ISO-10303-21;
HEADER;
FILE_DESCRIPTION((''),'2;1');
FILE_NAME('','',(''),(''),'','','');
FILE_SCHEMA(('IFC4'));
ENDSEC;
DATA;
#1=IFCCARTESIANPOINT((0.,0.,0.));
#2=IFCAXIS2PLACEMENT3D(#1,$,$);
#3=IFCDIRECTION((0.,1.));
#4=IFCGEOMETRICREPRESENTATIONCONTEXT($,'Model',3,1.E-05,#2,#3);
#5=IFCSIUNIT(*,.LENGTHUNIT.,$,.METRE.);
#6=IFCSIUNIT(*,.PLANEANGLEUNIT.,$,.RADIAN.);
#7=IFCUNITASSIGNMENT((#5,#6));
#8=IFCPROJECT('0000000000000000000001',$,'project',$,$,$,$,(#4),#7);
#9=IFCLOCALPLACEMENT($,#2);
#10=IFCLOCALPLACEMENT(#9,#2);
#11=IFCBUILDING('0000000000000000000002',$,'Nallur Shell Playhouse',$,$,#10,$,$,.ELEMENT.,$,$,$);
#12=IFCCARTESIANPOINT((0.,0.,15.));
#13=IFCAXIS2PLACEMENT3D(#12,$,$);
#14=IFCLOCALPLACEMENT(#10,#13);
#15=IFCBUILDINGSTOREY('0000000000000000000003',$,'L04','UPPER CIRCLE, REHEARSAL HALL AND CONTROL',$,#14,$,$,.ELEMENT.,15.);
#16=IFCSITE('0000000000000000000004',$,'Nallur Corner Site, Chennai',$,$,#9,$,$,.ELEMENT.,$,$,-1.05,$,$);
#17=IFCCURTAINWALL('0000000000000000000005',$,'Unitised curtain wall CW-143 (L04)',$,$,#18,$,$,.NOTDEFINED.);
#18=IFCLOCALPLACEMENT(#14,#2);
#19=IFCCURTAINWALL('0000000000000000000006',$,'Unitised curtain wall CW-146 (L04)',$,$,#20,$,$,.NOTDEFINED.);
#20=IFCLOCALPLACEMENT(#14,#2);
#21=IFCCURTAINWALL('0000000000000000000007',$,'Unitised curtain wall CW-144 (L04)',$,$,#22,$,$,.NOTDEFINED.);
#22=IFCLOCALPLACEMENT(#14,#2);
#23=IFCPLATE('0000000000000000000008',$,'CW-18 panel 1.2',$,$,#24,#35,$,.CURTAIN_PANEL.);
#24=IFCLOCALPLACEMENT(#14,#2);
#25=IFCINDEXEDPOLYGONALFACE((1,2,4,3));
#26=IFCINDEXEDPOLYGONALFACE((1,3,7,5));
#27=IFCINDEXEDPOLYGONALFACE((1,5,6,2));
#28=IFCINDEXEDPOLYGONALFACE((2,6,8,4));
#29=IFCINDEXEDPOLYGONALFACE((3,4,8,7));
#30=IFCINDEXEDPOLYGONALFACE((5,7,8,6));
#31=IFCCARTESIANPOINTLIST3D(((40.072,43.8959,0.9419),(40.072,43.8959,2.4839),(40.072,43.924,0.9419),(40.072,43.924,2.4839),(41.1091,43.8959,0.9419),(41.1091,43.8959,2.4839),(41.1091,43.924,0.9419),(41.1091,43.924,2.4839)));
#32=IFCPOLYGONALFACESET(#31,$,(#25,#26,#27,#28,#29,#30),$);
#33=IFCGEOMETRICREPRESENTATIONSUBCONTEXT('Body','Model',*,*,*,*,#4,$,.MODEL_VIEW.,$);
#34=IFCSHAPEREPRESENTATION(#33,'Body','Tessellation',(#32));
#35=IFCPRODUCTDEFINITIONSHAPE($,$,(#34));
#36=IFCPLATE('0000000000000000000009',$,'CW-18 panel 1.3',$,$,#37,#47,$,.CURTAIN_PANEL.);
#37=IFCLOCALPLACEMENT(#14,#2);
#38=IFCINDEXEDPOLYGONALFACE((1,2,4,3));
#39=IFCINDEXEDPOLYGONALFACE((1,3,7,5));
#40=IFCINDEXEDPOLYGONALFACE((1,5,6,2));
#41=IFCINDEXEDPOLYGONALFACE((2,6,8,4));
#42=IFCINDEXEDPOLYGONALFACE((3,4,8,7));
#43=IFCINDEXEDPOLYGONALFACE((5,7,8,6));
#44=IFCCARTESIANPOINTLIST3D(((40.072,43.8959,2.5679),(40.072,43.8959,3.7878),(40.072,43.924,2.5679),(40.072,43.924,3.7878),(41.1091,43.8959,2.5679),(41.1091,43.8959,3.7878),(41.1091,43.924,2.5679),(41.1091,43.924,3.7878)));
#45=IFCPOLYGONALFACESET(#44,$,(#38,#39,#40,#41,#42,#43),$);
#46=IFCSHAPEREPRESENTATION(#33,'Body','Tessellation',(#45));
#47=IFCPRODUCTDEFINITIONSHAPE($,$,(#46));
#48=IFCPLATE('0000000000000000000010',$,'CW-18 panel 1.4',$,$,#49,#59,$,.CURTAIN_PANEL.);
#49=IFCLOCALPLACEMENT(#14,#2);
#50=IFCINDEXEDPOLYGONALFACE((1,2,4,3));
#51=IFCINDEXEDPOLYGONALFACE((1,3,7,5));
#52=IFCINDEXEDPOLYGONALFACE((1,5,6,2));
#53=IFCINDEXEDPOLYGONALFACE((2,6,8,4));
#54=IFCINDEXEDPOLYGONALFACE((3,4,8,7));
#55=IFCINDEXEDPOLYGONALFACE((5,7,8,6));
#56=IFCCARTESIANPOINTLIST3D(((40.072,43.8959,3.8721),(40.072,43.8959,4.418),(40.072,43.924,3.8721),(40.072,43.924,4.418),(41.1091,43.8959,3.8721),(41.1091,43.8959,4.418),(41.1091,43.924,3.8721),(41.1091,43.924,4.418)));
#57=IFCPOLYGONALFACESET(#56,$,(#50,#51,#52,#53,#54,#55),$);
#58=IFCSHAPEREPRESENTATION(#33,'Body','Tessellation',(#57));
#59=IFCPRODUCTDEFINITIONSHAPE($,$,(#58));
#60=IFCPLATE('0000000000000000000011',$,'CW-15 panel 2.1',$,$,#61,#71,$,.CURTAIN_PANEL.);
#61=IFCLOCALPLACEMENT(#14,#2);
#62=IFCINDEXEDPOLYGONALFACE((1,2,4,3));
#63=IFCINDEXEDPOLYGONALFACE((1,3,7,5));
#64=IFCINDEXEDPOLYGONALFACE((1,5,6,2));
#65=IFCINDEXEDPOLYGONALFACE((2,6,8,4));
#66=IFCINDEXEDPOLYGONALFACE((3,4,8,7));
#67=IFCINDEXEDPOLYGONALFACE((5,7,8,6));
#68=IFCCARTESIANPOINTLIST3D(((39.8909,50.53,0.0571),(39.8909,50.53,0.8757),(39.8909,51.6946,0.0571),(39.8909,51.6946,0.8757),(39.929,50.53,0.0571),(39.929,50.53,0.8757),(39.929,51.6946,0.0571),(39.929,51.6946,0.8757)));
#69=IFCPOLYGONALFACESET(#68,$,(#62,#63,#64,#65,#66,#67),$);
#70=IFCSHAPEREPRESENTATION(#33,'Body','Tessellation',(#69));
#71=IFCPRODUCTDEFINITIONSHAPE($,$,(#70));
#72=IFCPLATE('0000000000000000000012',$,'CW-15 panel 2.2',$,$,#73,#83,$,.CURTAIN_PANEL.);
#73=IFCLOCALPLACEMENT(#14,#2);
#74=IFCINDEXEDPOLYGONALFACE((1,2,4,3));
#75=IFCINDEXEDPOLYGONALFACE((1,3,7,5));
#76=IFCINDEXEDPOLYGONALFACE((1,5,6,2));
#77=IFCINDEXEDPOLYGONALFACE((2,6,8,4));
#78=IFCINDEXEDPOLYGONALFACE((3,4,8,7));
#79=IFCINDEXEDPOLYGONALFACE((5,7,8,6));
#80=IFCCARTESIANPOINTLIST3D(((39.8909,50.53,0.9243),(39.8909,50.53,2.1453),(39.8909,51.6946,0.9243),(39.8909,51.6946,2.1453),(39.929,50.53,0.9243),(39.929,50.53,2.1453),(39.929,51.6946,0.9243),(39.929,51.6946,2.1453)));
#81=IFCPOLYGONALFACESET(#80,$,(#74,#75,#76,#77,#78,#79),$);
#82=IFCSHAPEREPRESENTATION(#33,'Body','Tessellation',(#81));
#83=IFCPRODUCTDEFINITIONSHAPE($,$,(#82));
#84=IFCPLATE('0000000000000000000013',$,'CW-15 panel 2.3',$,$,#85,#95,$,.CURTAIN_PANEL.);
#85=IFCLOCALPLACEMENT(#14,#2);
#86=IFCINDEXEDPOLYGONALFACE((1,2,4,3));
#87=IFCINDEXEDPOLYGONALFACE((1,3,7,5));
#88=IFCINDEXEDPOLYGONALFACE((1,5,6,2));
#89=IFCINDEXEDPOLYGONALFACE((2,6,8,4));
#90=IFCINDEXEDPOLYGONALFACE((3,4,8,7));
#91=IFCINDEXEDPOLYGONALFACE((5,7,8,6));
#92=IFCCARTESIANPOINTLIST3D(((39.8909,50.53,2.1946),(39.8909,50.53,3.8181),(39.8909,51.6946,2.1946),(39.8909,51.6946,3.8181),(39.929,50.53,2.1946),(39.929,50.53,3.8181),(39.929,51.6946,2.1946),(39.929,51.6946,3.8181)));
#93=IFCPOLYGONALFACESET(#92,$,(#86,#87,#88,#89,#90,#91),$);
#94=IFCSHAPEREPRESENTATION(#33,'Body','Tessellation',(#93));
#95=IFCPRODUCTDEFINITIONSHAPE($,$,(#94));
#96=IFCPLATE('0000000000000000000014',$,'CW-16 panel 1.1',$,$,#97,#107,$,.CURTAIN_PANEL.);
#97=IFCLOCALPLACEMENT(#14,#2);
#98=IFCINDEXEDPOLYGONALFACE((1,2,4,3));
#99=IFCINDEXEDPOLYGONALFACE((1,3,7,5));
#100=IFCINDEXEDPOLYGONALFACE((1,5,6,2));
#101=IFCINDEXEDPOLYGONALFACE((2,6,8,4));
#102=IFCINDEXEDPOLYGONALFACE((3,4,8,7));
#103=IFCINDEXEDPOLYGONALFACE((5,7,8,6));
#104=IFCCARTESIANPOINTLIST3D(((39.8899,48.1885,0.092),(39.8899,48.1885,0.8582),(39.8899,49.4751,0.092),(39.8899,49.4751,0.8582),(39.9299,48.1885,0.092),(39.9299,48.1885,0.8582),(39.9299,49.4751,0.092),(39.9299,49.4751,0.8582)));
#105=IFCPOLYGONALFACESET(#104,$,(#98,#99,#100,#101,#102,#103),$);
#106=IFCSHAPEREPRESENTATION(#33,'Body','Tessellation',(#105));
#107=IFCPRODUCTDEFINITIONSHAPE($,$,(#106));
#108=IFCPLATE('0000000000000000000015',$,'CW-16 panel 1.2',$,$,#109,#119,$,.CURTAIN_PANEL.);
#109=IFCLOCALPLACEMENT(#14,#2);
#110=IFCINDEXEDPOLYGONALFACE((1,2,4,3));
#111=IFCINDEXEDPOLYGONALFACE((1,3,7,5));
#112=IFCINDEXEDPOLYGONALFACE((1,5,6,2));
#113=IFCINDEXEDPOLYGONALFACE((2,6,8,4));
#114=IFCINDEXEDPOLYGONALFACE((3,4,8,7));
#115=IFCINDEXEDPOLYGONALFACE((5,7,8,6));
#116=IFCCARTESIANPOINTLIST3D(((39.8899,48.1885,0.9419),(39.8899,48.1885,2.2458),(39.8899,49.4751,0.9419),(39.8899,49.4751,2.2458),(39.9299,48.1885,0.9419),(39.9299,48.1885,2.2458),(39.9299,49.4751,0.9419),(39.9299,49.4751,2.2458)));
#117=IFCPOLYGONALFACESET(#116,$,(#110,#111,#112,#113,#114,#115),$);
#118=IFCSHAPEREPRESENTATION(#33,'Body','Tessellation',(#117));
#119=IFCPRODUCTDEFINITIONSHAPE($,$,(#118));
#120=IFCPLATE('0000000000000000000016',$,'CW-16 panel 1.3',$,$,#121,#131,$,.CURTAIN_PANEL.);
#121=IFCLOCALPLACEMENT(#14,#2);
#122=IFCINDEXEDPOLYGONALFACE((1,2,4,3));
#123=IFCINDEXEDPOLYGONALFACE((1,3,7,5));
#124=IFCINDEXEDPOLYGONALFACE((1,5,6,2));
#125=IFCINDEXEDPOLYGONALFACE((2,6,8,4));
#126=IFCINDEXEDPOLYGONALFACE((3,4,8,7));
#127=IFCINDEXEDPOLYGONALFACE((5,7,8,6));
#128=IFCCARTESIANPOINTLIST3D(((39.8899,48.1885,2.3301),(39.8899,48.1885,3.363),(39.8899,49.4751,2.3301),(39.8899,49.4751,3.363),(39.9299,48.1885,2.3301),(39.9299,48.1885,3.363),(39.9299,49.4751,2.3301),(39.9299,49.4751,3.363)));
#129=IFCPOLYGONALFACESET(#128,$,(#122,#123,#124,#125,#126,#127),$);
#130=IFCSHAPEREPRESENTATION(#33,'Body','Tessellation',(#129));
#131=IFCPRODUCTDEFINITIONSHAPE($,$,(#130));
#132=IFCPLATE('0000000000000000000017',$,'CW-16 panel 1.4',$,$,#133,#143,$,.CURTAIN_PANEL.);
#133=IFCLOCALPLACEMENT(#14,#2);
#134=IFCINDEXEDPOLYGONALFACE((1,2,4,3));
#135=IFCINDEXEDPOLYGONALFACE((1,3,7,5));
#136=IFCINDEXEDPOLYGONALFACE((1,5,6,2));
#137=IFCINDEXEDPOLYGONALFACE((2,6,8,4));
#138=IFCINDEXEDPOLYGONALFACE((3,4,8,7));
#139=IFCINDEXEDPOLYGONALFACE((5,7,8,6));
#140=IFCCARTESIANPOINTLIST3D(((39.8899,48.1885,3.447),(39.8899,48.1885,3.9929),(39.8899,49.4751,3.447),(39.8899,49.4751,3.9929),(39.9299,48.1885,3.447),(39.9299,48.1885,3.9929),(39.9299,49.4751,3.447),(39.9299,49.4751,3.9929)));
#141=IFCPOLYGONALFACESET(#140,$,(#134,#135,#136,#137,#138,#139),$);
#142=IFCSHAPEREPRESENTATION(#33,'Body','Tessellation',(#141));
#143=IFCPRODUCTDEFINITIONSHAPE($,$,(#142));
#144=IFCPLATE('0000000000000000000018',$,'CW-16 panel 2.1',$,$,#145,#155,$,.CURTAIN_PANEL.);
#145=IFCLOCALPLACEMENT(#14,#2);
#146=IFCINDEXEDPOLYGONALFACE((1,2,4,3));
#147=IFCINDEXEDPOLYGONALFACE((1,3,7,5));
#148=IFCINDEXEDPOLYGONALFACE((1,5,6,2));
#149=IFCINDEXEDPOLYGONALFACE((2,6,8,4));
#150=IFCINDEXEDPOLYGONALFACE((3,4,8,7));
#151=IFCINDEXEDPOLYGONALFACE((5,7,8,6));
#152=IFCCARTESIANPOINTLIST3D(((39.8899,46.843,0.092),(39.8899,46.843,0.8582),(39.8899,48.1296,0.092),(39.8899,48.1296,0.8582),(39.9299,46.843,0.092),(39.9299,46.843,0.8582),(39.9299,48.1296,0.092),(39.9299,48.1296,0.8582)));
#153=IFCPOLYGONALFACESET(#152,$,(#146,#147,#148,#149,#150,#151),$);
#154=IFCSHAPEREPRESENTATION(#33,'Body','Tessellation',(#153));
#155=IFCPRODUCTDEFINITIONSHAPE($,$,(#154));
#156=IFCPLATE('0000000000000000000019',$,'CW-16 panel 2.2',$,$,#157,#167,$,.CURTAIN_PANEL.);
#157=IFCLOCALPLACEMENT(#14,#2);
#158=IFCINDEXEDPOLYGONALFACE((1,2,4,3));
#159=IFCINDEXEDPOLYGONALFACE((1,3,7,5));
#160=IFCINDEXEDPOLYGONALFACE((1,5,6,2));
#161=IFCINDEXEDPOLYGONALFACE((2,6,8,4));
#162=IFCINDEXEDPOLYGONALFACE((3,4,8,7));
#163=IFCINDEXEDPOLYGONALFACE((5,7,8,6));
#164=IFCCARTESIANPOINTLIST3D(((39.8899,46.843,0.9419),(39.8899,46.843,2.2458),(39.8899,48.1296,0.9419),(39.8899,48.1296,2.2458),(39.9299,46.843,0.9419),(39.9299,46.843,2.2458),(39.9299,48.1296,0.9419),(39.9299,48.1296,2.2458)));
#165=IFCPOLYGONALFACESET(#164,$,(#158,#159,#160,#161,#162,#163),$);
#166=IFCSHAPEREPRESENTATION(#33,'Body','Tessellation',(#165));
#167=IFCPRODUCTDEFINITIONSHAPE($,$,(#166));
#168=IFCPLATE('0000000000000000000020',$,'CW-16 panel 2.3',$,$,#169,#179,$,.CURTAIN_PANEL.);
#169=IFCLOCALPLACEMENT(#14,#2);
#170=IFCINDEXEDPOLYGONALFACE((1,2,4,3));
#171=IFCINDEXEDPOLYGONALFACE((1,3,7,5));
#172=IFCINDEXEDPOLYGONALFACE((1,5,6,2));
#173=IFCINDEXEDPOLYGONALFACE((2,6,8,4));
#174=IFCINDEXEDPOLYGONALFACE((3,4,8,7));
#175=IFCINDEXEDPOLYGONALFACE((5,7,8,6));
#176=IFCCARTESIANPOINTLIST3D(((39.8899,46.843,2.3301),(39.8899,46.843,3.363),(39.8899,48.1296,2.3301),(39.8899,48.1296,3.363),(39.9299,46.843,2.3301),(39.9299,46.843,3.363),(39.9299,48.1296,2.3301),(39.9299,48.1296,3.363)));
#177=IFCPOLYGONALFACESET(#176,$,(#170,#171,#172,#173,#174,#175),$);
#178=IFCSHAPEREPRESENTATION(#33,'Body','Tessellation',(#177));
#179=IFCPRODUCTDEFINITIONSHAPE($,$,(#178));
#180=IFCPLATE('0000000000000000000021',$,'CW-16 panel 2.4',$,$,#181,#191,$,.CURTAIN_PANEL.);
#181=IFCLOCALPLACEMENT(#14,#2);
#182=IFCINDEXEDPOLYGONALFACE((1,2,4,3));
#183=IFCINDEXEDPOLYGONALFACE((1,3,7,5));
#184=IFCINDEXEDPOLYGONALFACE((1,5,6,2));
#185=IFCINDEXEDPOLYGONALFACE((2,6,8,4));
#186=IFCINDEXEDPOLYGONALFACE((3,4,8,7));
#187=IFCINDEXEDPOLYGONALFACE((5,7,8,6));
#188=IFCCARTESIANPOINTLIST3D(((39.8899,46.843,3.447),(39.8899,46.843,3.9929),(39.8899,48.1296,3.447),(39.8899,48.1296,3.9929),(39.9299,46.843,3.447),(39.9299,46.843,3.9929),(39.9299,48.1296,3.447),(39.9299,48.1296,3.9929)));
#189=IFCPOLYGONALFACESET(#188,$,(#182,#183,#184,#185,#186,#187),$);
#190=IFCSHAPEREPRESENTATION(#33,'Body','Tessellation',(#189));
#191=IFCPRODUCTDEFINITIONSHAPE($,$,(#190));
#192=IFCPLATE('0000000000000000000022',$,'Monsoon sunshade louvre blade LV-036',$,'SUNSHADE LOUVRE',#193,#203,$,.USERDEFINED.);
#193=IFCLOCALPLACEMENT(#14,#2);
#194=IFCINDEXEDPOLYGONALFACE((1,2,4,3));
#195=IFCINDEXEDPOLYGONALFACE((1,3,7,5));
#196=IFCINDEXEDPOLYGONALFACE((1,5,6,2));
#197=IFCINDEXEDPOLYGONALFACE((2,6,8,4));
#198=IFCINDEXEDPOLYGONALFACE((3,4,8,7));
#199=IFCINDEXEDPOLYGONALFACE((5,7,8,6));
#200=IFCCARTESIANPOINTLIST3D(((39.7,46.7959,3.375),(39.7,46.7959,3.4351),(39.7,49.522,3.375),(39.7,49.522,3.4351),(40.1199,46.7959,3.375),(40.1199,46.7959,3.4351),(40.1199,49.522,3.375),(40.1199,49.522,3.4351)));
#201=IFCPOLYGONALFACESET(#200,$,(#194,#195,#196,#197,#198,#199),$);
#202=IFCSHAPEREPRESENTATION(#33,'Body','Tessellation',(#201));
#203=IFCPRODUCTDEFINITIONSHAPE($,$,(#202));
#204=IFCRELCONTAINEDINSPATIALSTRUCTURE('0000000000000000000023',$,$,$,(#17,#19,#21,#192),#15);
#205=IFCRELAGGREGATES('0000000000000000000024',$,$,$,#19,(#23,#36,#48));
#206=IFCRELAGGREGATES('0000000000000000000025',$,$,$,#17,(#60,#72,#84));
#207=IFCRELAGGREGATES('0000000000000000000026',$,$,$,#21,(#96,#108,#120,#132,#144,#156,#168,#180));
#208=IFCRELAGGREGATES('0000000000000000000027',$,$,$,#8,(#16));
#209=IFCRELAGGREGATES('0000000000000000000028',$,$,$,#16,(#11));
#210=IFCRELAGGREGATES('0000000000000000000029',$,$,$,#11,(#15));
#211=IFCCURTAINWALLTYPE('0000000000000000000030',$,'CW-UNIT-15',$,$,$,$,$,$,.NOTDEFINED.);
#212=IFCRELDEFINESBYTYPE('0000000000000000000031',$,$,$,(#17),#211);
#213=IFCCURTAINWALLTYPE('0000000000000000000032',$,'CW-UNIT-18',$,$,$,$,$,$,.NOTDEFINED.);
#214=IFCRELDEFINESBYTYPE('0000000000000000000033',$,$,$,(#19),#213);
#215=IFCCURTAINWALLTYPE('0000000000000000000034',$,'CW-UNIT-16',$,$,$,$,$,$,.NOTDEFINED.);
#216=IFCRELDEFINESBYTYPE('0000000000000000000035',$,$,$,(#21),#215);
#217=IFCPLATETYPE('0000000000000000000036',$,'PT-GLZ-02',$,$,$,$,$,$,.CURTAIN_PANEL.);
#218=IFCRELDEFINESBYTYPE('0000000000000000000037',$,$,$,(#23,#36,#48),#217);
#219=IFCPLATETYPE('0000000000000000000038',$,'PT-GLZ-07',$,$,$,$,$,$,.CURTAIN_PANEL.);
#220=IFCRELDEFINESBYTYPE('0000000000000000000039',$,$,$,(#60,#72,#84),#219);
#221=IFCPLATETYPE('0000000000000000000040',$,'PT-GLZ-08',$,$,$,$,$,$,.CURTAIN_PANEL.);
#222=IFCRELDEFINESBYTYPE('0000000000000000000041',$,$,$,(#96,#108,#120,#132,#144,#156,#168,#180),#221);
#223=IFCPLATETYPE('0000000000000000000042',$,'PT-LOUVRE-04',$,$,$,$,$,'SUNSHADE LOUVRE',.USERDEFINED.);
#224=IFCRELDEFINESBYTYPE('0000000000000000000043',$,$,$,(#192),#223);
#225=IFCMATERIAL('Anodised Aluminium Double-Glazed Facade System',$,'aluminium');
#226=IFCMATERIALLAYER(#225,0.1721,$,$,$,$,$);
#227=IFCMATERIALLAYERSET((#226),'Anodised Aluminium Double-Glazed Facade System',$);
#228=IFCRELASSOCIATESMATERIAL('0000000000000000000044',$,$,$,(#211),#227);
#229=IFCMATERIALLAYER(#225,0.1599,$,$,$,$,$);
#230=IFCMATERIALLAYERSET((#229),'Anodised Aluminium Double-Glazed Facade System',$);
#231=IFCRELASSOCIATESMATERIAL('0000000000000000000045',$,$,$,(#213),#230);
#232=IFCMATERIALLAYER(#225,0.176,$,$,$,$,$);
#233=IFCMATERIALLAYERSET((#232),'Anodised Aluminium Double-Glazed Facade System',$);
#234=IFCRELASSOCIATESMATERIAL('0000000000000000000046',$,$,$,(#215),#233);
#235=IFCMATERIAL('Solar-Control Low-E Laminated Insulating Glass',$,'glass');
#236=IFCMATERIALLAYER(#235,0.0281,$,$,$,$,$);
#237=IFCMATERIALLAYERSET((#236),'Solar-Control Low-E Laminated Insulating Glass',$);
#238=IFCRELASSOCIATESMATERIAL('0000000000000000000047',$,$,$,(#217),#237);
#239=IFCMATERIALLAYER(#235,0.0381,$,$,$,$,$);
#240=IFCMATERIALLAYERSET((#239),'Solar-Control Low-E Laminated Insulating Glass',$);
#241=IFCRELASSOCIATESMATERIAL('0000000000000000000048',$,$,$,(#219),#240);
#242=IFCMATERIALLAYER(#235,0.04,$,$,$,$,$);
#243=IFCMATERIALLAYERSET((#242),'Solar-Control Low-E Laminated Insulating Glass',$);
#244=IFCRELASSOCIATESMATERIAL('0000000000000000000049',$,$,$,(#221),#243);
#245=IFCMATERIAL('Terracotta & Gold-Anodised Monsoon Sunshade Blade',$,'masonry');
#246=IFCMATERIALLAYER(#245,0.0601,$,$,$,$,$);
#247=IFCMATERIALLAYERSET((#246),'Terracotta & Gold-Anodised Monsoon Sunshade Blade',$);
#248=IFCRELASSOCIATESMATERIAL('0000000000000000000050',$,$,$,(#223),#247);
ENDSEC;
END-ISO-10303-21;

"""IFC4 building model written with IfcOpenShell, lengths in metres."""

from ifc_helpers import new_model, si_unit, direction, frame, origin, origin_2d, place, context, subcontext, project, spatial, rectangle, extrude, material, layer, layer_set, type_object, element, aggregate, save


model = new_model("IFC4")

# Units and contexts
model_context = context("Model", 3, precision=1e-05, world=origin(), true_north=direction((0.0, 1.0)))
body_context = subcontext(model_context, "Body", "Model", "MODEL_VIEW")
ifc_project = project(units=[si_unit("LENGTHUNIT", "METRE"), si_unit("PLANEANGLEUNIT", "RADIAN")], contexts=[model_context])

# Site, building, storey
site_placement = place(None, origin())
site = spatial("IfcSite", under=ifc_project, at=site_placement, Name="Nallur Corner Site, Chennai", CompositionType="ELEMENT", RefElevation=-1.05)
building_placement = place(site_placement, origin())
building = spatial("IfcBuilding", under=site, at=building_placement, Name="Nallur Shell Playhouse", CompositionType="ELEMENT")
storey_placement = place(building_placement, frame((0.0, 0.0, 15.0)))
storey = spatial("IfcBuildingStorey", under=building, at=storey_placement, Name="L04", Description="UPPER CIRCLE, REHEARSAL HALL AND CONTROL", CompositionType="ELEMENT", Elevation=15.0)

# Curtain walls
ifc_material_1 = material(Name="Anodised Aluminium Double-Glazed Facade System", Category="aluminium")
ifc_layer_1 = layer(ifc_material_1, 0.1721)
ifc_layer_set_1 = layer_set([ifc_layer_1], Name="Anodised Aluminium Double-Glazed Facade System")
curtain_wall_type_1 = type_object("IfcCurtainWallType", Name="CW-UNIT-15", PredefinedType="NOTDEFINED", material=ifc_layer_set_1)
curtain_wall_1_placement = place(storey_placement, origin())
curtain_wall_1 = element("IfcCurtainWall", 1, at=curtain_wall_1_placement, inside=storey, type_object=curtain_wall_type_1, Name="Unitised curtain wall CW-143 (L04)", PredefinedType="NOTDEFINED")
ifc_layer_2 = layer(ifc_material_1, 0.1599)
ifc_layer_set_2 = layer_set([ifc_layer_2], Name="Anodised Aluminium Double-Glazed Facade System")
curtain_wall_type_2 = type_object("IfcCurtainWallType", Name="CW-UNIT-18", PredefinedType="NOTDEFINED", material=ifc_layer_set_2)
curtain_wall_2_placement = place(storey_placement, origin())
curtain_wall_2 = element("IfcCurtainWall", 2, at=curtain_wall_2_placement, inside=storey, type_object=curtain_wall_type_2, Name="Unitised curtain wall CW-146 (L04)", PredefinedType="NOTDEFINED")

# Curtain wall
ifc_layer_3 = layer(ifc_material_1, 0.176)
ifc_layer_set_3 = layer_set([ifc_layer_3], Name="Anodised Aluminium Double-Glazed Facade System")
curtain_wall_type_3 = type_object("IfcCurtainWallType", Name="CW-UNIT-16", PredefinedType="NOTDEFINED", material=ifc_layer_set_3)
curtain_wall_3_placement = place(storey_placement, origin())
curtain_wall_3 = element("IfcCurtainWall", 3, at=curtain_wall_3_placement, inside=storey, type_object=curtain_wall_type_3, Name="Unitised curtain wall CW-144 (L04)", PredefinedType="NOTDEFINED")

# Plates
ifc_material_2 = material(Name="Solar-Control Low-E Laminated Insulating Glass", Category="glass")
ifc_layer_4 = layer(ifc_material_2, 0.0281)
ifc_layer_set_4 = layer_set([ifc_layer_4], Name="Solar-Control Low-E Laminated Insulating Glass")
plate_type_1 = type_object("IfcPlateType", Name="PT-GLZ-02", PredefinedType="CURTAIN_PANEL", material=ifc_layer_set_4)
plate_1_placement = place(storey_placement, frame((40.5906, 43.9099, 0.9419), z_axis=(0.0, 0.0, 1.0), x_axis=(1.0, 0.0, 0.0)))
plate_1 = element("IfcPlate", 4, at=plate_1_placement, type_object=plate_type_1, Name="CW-18 panel 1.2", PredefinedType="CURTAIN_PANEL", context=body_context, shape_type="SweptSolid", body=[
    extrude(rectangle(XDim=1.0371, YDim=0.0281, at=origin_2d()), origin(), (0.0, 0.0, 1.0), 1.542),
])
plate_2_placement = place(storey_placement, frame((40.5906, 43.9099, 2.5679), z_axis=(0.0, 0.0, 1.0), x_axis=(1.0, 0.0, 0.0)))
plate_2 = element("IfcPlate", 5, at=plate_2_placement, type_object=plate_type_1, Name="CW-18 panel 1.3", PredefinedType="CURTAIN_PANEL", context=body_context, shape_type="SweptSolid", body=[
    extrude(rectangle(XDim=1.0371, YDim=0.0281, at=origin_2d()), origin(), (0.0, 0.0, 1.0), 1.22),
])
plate_3_placement = place(storey_placement, frame((40.5906, 43.9099, 3.8721), z_axis=(0.0, 0.0, 1.0), x_axis=(1.0, 0.0, 0.0)))
plate_3 = element("IfcPlate", 6, at=plate_3_placement, type_object=plate_type_1, Name="CW-18 panel 1.4", PredefinedType="CURTAIN_PANEL", context=body_context, shape_type="SweptSolid", body=[
    extrude(rectangle(XDim=1.0371, YDim=0.0281, at=origin_2d()), origin(), (0.0, 0.0, 1.0), 0.5459),
])
aggregate(curtain_wall_2, [plate_1, plate_2, plate_3])
ifc_layer_5 = layer(ifc_material_2, 0.0381)
ifc_layer_set_5 = layer_set([ifc_layer_5], Name="Solar-Control Low-E Laminated Insulating Glass")
plate_type_2 = type_object("IfcPlateType", Name="PT-GLZ-07", PredefinedType="CURTAIN_PANEL", material=ifc_layer_set_5)
plate_4_placement = place(storey_placement, frame((39.9099, 51.1123, 0.0571), z_axis=(0.0, 0.0, 1.0), x_axis=(0.0, -1.0, 0.0)))
plate_4 = element("IfcPlate", 7, at=plate_4_placement, type_object=plate_type_2, Name="CW-15 panel 2.1", PredefinedType="CURTAIN_PANEL", context=body_context, shape_type="SweptSolid", body=[
    extrude(rectangle(XDim=1.1646, YDim=0.0381, at=origin_2d()), origin(), (0.0, 0.0, 1.0), 0.8186),
])
plate_5_placement = place(storey_placement, frame((39.9099, 51.1123, 0.9243), z_axis=(0.0, 0.0, 1.0), x_axis=(0.0, -1.0, 0.0)))
plate_5 = element("IfcPlate", 8, at=plate_5_placement, type_object=plate_type_2, Name="CW-15 panel 2.2", PredefinedType="CURTAIN_PANEL", context=body_context, shape_type="SweptSolid", body=[
    extrude(rectangle(XDim=1.1646, YDim=0.0381, at=origin_2d()), origin(), (0.0, 0.0, 1.0), 1.2209),
])
plate_6_placement = place(storey_placement, frame((39.9099, 51.1123, 2.1946), z_axis=(0.0, 0.0, 1.0), x_axis=(0.0, -1.0, 0.0)))
plate_6 = element("IfcPlate", 9, at=plate_6_placement, type_object=plate_type_2, Name="CW-15 panel 2.3", PredefinedType="CURTAIN_PANEL", context=body_context, shape_type="SweptSolid", body=[
    extrude(rectangle(XDim=1.1646, YDim=0.0381, at=origin_2d()), origin(), (0.0, 0.0, 1.0), 1.6235),
])
aggregate(curtain_wall_1, [plate_4, plate_5, plate_6])
ifc_layer_6 = layer(ifc_material_2, 0.04)
ifc_layer_set_6 = layer_set([ifc_layer_6], Name="Solar-Control Low-E Laminated Insulating Glass")
plate_type_3 = type_object("IfcPlateType", Name="PT-GLZ-08", PredefinedType="CURTAIN_PANEL", material=ifc_layer_set_6)
plate_7_placement = place(storey_placement, frame((39.9099, 48.8318, 0.092), z_axis=(0.0, 0.0, 1.0), x_axis=(0.0, -1.0, 0.0)))
plate_7 = element("IfcPlate", 10, at=plate_7_placement, type_object=plate_type_3, Name="CW-16 panel 1.1", PredefinedType="CURTAIN_PANEL", context=body_context, shape_type="SweptSolid", body=[
    extrude(rectangle(XDim=1.2866, YDim=0.04, at=origin_2d()), origin(), (0.0, 0.0, 1.0), 0.7661),
])
plate_8_placement = place(storey_placement, frame((39.9099, 48.8318, 0.9419), z_axis=(0.0, 0.0, 1.0), x_axis=(0.0, -1.0, 0.0)))
plate_8 = element("IfcPlate", 11, at=plate_8_placement, type_object=plate_type_3, Name="CW-16 panel 1.2", PredefinedType="CURTAIN_PANEL", context=body_context, shape_type="SweptSolid", body=[
    extrude(rectangle(XDim=1.2866, YDim=0.04, at=origin_2d()), origin(), (0.0, 0.0, 1.0), 1.304),
])
plate_9_placement = place(storey_placement, frame((39.9099, 48.8318, 2.3301), z_axis=(0.0, 0.0, 1.0), x_axis=(0.0, -1.0, 0.0)))
plate_9 = element("IfcPlate", 12, at=plate_9_placement, type_object=plate_type_3, Name="CW-16 panel 1.3", PredefinedType="CURTAIN_PANEL", context=body_context, shape_type="SweptSolid", body=[
    extrude(rectangle(XDim=1.2866, YDim=0.04, at=origin_2d()), origin(), (0.0, 0.0, 1.0), 1.033),
])
plate_10_placement = place(storey_placement, frame((39.9099, 48.8318, 3.447), z_axis=(0.0, 0.0, 1.0), x_axis=(0.0, -1.0, 0.0)))
plate_10 = element("IfcPlate", 13, at=plate_10_placement, type_object=plate_type_3, Name="CW-16 panel 1.4", PredefinedType="CURTAIN_PANEL", context=body_context, shape_type="SweptSolid", body=[
    extrude(rectangle(XDim=1.2866, YDim=0.04, at=origin_2d()), origin(), (0.0, 0.0, 1.0), 0.5459),
])
plate_11_placement = place(storey_placement, frame((39.9099, 47.4863, 0.092), z_axis=(0.0, 0.0, 1.0), x_axis=(0.0, -1.0, 0.0)))
plate_11 = element("IfcPlate", 14, at=plate_11_placement, type_object=plate_type_3, Name="CW-16 panel 2.1", PredefinedType="CURTAIN_PANEL", context=body_context, shape_type="SweptSolid", body=[
    extrude(rectangle(XDim=1.2866, YDim=0.04, at=origin_2d()), origin(), (0.0, 0.0, 1.0), 0.7661),
])
plate_12_placement = place(storey_placement, frame((39.9099, 47.4863, 0.9419), z_axis=(0.0, 0.0, 1.0), x_axis=(0.0, -1.0, 0.0)))
plate_12 = element("IfcPlate", 15, at=plate_12_placement, type_object=plate_type_3, Name="CW-16 panel 2.2", PredefinedType="CURTAIN_PANEL", context=body_context, shape_type="SweptSolid", body=[
    extrude(rectangle(XDim=1.2866, YDim=0.04, at=origin_2d()), origin(), (0.0, 0.0, 1.0), 1.304),
])
plate_13_placement = place(storey_placement, frame((39.9099, 47.4863, 2.3301), z_axis=(0.0, 0.0, 1.0), x_axis=(0.0, -1.0, 0.0)))
plate_13 = element("IfcPlate", 16, at=plate_13_placement, type_object=plate_type_3, Name="CW-16 panel 2.3", PredefinedType="CURTAIN_PANEL", context=body_context, shape_type="SweptSolid", body=[
    extrude(rectangle(XDim=1.2866, YDim=0.04, at=origin_2d()), origin(), (0.0, 0.0, 1.0), 1.033),
])
plate_14_placement = place(storey_placement, frame((39.9099, 47.4863, 3.447), z_axis=(0.0, 0.0, 1.0), x_axis=(0.0, -1.0, 0.0)))
plate_14 = element("IfcPlate", 17, at=plate_14_placement, type_object=plate_type_3, Name="CW-16 panel 2.4", PredefinedType="CURTAIN_PANEL", context=body_context, shape_type="SweptSolid", body=[
    extrude(rectangle(XDim=1.2866, YDim=0.04, at=origin_2d()), origin(), (0.0, 0.0, 1.0), 0.5459),
])
aggregate(curtain_wall_3, [plate_7, plate_8, plate_9, plate_10, plate_11, plate_12, plate_13, plate_14])
ifc_material_3 = material(Name="Terracotta & Gold-Anodised Monsoon Sunshade Blade", Category="masonry")
ifc_layer_7 = layer(ifc_material_3, 0.0601)
ifc_layer_set_7 = layer_set([ifc_layer_7], Name="Terracotta & Gold-Anodised Monsoon Sunshade Blade")
plate_type_4 = type_object("IfcPlateType", Name="PT-LOUVRE-04", ElementType="SUNSHADE LOUVRE", PredefinedType="USERDEFINED", material=ifc_layer_set_7)
plate_15_placement = place(storey_placement, frame((39.9099, 48.1589, 3.375), z_axis=(0.0, 0.0, 1.0), x_axis=(0.0, -1.0, 0.0)))
element("IfcPlate", 18, at=plate_15_placement, inside=storey, type_object=plate_type_4, Name="Monsoon sunshade louvre blade LV-036", ObjectType="SUNSHADE LOUVRE", PredefinedType="USERDEFINED", context=body_context, shape_type="SweptSolid", body=[
    extrude(rectangle(XDim=2.7261, YDim=0.4199, at=origin_2d()), origin(), (0.0, 0.0, 1.0), 0.0601),
])

save(model, "model.ifc")
